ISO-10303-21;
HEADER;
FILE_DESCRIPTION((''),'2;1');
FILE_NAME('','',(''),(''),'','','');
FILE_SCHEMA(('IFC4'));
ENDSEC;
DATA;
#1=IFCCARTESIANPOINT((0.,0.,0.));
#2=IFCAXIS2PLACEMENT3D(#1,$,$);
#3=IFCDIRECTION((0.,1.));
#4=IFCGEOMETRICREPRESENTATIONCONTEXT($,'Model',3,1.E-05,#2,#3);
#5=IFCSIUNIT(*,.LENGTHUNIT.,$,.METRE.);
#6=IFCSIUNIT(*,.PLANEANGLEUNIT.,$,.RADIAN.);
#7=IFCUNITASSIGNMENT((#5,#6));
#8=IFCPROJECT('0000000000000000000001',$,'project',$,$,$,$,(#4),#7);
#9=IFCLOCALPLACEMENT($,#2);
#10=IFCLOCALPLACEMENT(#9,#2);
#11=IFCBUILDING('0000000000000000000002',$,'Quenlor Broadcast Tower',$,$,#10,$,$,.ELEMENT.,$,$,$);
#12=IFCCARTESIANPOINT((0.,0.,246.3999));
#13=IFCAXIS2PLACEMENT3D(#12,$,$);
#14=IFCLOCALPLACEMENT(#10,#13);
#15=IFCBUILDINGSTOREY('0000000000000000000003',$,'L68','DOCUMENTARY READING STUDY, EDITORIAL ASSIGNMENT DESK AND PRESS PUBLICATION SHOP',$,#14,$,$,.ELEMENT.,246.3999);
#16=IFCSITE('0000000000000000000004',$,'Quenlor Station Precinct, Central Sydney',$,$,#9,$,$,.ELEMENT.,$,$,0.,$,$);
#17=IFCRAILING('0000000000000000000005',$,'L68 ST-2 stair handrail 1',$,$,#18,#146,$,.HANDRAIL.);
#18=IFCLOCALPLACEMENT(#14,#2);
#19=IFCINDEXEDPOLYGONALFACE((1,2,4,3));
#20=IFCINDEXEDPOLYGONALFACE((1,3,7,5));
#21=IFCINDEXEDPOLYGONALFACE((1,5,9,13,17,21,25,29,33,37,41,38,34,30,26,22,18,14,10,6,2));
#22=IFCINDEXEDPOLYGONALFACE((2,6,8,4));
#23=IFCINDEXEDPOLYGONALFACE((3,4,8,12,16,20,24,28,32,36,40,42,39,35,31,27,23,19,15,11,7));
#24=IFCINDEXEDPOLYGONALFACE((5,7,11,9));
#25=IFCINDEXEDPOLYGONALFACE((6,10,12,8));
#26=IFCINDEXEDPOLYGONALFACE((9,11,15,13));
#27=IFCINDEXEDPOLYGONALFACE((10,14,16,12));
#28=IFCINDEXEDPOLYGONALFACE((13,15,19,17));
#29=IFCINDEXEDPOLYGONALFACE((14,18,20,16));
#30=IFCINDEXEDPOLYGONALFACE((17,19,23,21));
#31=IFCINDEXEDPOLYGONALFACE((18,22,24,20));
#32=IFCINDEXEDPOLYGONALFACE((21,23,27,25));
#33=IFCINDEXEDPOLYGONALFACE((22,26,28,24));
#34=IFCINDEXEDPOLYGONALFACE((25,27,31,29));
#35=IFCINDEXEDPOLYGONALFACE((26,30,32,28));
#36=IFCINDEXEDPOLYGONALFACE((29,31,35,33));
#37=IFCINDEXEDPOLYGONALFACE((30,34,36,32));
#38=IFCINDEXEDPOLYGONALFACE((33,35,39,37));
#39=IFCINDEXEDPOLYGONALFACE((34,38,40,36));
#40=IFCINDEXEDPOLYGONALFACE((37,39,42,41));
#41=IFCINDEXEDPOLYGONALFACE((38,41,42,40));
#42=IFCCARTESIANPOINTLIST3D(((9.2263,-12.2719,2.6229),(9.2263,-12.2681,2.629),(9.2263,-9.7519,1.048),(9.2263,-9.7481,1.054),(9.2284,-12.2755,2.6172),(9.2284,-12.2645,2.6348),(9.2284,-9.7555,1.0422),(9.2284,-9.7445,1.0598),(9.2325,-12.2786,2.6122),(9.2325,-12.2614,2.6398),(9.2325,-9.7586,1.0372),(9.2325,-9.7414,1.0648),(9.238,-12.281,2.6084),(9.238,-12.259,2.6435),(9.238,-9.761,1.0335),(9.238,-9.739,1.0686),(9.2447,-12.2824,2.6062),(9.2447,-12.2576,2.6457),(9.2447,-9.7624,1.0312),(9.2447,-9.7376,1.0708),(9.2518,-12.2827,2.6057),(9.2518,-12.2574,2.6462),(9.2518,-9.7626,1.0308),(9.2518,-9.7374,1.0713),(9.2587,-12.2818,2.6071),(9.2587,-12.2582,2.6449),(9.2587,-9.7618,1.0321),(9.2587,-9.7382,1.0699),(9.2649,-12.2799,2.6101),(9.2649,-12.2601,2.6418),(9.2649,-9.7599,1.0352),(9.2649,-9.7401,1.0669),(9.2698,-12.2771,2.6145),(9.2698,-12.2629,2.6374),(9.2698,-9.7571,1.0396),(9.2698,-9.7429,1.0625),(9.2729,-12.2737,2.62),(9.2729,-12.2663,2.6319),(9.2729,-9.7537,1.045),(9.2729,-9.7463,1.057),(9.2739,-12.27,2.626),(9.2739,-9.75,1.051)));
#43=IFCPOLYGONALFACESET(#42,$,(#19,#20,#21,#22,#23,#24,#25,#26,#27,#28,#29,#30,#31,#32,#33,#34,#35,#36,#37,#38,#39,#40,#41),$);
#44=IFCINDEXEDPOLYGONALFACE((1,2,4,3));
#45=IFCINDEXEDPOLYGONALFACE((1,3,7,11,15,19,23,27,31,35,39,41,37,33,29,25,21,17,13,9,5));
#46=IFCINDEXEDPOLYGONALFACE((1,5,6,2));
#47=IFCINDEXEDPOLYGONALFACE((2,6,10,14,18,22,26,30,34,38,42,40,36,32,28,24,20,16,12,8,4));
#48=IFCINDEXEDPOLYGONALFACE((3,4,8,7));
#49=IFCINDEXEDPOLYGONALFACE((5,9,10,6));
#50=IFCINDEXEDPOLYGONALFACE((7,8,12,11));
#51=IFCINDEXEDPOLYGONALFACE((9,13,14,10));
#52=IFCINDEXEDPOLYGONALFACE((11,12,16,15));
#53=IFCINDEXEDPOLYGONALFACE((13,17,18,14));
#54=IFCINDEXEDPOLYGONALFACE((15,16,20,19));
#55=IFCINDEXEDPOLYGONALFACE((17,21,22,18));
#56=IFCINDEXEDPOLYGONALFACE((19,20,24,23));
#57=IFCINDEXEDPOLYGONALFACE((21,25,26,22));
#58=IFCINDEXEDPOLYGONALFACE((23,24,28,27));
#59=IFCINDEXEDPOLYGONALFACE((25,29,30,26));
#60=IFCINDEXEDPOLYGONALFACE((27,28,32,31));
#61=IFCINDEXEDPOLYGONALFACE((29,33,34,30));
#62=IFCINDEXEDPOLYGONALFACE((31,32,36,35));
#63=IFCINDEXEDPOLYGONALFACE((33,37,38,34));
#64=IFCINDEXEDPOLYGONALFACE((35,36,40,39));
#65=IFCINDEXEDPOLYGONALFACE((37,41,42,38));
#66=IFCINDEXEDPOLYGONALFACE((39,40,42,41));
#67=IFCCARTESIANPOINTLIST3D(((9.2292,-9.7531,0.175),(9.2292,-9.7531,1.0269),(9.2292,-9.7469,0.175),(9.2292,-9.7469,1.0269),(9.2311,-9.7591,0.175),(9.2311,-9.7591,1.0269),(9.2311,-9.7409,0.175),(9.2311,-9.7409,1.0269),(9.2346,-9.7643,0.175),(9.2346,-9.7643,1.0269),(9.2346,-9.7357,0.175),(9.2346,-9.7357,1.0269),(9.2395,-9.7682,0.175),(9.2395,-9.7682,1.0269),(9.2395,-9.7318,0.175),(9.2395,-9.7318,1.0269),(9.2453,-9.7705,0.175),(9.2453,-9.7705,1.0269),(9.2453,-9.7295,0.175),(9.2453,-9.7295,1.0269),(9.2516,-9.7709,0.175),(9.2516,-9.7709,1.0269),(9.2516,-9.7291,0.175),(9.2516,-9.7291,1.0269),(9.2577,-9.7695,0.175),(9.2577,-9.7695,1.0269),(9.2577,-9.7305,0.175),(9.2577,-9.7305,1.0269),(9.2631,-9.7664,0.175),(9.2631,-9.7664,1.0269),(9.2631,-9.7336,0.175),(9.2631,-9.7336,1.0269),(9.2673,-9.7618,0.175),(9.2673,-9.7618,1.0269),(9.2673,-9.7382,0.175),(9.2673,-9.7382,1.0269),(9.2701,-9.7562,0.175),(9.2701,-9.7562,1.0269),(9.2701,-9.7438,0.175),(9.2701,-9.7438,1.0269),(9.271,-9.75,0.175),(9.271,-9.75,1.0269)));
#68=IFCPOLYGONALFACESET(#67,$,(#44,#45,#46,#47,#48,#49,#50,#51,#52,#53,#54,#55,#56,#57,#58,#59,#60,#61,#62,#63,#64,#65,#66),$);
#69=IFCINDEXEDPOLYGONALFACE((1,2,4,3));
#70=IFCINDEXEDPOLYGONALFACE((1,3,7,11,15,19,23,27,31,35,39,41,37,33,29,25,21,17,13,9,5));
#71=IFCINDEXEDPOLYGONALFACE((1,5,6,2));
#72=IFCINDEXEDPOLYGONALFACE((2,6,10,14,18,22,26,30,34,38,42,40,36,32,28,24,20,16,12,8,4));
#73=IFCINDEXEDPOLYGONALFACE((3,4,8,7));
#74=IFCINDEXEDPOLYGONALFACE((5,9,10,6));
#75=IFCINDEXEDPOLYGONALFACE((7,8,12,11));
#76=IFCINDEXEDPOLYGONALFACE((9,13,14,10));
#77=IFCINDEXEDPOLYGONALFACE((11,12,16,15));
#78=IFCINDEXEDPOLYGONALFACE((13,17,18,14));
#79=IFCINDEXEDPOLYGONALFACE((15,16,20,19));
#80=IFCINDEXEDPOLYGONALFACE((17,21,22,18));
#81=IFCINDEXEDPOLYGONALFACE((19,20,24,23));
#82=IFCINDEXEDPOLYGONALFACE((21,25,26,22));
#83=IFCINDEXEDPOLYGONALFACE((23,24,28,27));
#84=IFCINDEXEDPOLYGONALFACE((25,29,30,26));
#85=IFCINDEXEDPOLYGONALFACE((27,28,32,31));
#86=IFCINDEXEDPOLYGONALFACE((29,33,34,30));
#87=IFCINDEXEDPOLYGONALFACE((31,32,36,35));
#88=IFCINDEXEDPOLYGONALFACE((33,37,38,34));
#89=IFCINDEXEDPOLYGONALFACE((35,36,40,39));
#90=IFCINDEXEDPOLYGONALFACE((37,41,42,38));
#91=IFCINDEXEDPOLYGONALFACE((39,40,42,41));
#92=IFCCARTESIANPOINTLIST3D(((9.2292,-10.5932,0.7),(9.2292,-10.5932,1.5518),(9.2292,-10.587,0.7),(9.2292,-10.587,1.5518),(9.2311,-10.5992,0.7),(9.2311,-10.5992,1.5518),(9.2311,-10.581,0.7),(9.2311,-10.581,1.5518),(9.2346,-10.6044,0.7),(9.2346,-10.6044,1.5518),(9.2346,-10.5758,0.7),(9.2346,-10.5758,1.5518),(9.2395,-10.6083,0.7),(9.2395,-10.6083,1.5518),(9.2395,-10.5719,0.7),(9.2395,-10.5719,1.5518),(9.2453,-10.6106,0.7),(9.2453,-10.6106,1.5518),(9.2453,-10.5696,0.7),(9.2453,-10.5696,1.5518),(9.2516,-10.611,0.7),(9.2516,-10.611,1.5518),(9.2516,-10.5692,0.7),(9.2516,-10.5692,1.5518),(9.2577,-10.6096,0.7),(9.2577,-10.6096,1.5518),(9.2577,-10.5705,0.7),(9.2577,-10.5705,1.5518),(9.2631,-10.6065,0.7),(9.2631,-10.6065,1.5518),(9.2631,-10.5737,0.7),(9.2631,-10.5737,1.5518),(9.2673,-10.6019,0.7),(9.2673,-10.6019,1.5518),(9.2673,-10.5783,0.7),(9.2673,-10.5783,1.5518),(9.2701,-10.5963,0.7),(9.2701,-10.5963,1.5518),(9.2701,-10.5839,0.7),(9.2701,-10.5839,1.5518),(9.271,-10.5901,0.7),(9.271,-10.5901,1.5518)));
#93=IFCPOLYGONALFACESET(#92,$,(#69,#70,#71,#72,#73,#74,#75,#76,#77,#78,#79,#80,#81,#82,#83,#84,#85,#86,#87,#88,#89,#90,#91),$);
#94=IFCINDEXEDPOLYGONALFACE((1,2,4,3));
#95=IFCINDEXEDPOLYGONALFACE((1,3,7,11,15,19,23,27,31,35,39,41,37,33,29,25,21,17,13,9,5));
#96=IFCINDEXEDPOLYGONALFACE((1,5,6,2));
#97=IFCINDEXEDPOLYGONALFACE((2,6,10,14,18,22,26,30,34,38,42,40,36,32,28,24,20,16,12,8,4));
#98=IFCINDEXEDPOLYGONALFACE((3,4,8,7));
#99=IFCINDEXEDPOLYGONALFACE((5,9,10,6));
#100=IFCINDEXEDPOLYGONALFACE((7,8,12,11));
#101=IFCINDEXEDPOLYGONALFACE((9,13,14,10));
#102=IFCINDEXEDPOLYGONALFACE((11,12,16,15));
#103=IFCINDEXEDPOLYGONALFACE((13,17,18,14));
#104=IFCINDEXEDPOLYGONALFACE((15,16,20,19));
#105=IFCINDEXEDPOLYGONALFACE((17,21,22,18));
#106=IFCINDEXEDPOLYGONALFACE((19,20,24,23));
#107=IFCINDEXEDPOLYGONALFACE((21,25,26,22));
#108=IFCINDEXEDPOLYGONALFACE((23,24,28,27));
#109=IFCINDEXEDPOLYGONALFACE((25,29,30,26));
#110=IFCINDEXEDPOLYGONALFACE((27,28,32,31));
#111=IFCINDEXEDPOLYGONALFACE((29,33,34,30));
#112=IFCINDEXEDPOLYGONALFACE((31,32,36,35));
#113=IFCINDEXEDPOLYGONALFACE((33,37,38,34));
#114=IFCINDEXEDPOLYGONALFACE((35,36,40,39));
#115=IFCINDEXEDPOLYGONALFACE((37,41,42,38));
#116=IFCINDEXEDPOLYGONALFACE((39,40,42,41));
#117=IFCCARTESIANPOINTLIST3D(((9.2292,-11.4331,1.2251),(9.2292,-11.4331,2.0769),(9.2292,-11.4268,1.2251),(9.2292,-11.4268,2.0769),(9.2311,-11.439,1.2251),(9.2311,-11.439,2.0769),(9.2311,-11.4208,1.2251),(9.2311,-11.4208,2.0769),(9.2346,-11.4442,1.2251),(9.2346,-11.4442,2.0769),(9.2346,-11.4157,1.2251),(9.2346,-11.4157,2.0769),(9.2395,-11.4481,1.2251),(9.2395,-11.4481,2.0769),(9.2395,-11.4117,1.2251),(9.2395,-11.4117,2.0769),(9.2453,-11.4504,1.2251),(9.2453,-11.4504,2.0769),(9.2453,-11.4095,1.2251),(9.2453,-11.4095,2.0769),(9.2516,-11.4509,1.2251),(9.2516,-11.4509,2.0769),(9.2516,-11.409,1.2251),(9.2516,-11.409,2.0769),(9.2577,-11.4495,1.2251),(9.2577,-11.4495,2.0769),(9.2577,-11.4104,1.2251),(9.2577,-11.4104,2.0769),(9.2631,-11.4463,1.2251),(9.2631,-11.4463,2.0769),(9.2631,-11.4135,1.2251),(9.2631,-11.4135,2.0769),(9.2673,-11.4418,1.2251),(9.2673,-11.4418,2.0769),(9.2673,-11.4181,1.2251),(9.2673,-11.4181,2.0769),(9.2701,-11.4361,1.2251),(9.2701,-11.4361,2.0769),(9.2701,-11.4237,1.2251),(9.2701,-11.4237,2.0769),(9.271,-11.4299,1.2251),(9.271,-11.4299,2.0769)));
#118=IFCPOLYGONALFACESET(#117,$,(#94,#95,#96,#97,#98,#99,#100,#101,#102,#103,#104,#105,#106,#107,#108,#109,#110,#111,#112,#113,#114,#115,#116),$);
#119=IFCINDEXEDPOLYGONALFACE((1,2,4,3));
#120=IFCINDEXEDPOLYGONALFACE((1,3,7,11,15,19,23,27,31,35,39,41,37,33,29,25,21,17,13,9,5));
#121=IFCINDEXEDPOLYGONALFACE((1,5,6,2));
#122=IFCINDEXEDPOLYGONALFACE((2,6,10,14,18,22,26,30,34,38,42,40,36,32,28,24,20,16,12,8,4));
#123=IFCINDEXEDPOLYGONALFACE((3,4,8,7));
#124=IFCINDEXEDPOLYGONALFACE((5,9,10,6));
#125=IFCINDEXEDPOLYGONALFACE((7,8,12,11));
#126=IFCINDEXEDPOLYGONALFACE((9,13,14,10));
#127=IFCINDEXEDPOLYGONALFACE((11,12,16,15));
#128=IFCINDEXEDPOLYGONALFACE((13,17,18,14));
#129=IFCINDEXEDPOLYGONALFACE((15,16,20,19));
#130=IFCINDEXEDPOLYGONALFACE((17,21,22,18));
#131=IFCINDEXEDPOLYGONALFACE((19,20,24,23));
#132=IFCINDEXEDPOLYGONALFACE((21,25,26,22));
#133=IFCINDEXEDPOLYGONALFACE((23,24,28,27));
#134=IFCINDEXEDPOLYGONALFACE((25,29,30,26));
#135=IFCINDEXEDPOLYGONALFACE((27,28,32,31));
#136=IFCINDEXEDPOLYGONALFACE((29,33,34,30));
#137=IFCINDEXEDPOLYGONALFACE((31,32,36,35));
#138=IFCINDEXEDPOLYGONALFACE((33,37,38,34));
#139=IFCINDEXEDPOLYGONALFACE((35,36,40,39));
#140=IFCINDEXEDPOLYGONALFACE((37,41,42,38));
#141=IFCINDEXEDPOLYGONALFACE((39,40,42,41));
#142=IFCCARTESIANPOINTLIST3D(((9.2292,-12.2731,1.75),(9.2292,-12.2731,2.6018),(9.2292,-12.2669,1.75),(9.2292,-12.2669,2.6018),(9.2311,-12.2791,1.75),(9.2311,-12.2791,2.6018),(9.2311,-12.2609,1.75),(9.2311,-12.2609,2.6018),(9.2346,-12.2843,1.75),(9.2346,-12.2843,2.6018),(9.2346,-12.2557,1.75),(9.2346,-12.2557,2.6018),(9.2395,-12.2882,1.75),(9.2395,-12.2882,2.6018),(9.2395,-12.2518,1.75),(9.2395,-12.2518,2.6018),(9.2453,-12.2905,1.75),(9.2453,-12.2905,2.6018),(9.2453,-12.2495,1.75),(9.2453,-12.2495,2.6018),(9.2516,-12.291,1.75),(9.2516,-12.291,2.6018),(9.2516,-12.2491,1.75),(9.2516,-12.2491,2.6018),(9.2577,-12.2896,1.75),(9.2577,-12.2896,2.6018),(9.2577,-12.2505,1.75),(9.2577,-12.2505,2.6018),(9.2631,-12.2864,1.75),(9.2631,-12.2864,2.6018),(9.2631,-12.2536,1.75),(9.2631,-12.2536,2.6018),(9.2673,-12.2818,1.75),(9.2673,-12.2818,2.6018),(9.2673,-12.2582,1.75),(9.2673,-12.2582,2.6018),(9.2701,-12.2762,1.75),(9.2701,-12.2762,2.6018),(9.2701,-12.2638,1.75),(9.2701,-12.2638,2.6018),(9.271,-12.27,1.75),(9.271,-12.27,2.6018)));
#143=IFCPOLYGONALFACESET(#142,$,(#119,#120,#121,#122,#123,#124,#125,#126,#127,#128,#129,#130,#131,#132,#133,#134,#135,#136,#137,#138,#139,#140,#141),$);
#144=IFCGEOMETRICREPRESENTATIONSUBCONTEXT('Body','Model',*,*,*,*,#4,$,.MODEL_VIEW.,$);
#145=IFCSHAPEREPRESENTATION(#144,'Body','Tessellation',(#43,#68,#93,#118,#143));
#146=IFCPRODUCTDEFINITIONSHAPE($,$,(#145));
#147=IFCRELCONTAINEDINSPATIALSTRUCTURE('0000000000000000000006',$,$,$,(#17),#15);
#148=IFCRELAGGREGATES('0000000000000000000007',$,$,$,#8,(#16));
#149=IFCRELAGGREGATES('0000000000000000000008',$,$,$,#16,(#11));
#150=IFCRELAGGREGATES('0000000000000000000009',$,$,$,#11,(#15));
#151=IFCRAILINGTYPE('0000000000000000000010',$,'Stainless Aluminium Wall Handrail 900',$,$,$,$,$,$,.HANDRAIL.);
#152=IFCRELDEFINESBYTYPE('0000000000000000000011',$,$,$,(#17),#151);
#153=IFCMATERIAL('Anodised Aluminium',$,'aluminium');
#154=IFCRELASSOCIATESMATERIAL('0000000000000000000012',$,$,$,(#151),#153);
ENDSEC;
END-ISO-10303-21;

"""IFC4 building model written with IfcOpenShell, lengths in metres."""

from ifc_helpers import new_model, si_unit, direction, frame, origin, origin_2d, place, context, subcontext, project, spatial, circle, extrude, material, type_object, element, save


model = new_model("IFC4")

# Units and contexts
model_context = context("Model", 3, precision=1e-05, world=origin(), true_north=direction((0.0, 1.0)))
body_context = subcontext(model_context, "Body", "Model", "MODEL_VIEW")
ifc_project = project(units=[si_unit("LENGTHUNIT", "METRE"), si_unit("PLANEANGLEUNIT", "RADIAN")], contexts=[model_context])

# Site, building, storey
site_placement = place(None, origin())
site = spatial("IfcSite", under=ifc_project, at=site_placement, Name="Quenlor Station Precinct, Central Sydney", CompositionType="ELEMENT", RefElevation=0.0)
building_placement = place(site_placement, origin())
building = spatial("IfcBuilding", under=site, at=building_placement, Name="Quenlor Broadcast Tower", CompositionType="ELEMENT")
storey_placement = place(building_placement, frame((0.0, 0.0, 246.3999)))
storey = spatial("IfcBuildingStorey", under=building, at=storey_placement, Name="L68", Description="DOCUMENTARY READING STUDY, EDITORIAL ASSIGNMENT DESK AND PRESS PUBLICATION SHOP", CompositionType="ELEMENT", Elevation=246.3999)

# Railing
ifc_material_1 = material(Name="Anodised Aluminium", Category="aluminium")
railing_type_1 = type_object("IfcRailingType", Name="Stainless Aluminium Wall Handrail 900", PredefinedType="HANDRAIL", material=ifc_material_1)
railing_1_placement = place(storey_placement, frame((9.25, -9.75, 0.175)))
element("IfcRailing", 1, at=railing_1_placement, inside=storey, type_object=railing_type_1, Name="L68 ST-2 stair handrail 1", PredefinedType="HANDRAIL", context=body_context, shape_type="SweptSolid", body=[
    extrude(circle(Radius=0.0239, at=origin_2d()), frame((0.0, 0.0, 0.876), z_axis=(0.0, -0.848008, 0.529984), x_axis=(1.0, 0.0, 0.0)), (0.0, 0.0, 1.0), 2.9717),
    extrude(circle(Radius=0.021, at=origin_2d()), origin(), (0.0, 0.0, 1.0), 0.8518),
    extrude(circle(Radius=0.021, at=origin_2d()), frame((0.0, -0.8401, 0.5249)), (0.0, 0.0, 1.0), 0.8518),
    extrude(circle(Radius=0.021, at=origin_2d()), frame((0.0, -1.6799, 1.05)), (0.0, 0.0, 1.0), 0.8518),
    extrude(circle(Radius=0.021, at=origin_2d()), frame((0.0, -2.52, 1.575)), (0.0, 0.0, 1.0), 0.8518),
])

save(model, "model.ifc")
